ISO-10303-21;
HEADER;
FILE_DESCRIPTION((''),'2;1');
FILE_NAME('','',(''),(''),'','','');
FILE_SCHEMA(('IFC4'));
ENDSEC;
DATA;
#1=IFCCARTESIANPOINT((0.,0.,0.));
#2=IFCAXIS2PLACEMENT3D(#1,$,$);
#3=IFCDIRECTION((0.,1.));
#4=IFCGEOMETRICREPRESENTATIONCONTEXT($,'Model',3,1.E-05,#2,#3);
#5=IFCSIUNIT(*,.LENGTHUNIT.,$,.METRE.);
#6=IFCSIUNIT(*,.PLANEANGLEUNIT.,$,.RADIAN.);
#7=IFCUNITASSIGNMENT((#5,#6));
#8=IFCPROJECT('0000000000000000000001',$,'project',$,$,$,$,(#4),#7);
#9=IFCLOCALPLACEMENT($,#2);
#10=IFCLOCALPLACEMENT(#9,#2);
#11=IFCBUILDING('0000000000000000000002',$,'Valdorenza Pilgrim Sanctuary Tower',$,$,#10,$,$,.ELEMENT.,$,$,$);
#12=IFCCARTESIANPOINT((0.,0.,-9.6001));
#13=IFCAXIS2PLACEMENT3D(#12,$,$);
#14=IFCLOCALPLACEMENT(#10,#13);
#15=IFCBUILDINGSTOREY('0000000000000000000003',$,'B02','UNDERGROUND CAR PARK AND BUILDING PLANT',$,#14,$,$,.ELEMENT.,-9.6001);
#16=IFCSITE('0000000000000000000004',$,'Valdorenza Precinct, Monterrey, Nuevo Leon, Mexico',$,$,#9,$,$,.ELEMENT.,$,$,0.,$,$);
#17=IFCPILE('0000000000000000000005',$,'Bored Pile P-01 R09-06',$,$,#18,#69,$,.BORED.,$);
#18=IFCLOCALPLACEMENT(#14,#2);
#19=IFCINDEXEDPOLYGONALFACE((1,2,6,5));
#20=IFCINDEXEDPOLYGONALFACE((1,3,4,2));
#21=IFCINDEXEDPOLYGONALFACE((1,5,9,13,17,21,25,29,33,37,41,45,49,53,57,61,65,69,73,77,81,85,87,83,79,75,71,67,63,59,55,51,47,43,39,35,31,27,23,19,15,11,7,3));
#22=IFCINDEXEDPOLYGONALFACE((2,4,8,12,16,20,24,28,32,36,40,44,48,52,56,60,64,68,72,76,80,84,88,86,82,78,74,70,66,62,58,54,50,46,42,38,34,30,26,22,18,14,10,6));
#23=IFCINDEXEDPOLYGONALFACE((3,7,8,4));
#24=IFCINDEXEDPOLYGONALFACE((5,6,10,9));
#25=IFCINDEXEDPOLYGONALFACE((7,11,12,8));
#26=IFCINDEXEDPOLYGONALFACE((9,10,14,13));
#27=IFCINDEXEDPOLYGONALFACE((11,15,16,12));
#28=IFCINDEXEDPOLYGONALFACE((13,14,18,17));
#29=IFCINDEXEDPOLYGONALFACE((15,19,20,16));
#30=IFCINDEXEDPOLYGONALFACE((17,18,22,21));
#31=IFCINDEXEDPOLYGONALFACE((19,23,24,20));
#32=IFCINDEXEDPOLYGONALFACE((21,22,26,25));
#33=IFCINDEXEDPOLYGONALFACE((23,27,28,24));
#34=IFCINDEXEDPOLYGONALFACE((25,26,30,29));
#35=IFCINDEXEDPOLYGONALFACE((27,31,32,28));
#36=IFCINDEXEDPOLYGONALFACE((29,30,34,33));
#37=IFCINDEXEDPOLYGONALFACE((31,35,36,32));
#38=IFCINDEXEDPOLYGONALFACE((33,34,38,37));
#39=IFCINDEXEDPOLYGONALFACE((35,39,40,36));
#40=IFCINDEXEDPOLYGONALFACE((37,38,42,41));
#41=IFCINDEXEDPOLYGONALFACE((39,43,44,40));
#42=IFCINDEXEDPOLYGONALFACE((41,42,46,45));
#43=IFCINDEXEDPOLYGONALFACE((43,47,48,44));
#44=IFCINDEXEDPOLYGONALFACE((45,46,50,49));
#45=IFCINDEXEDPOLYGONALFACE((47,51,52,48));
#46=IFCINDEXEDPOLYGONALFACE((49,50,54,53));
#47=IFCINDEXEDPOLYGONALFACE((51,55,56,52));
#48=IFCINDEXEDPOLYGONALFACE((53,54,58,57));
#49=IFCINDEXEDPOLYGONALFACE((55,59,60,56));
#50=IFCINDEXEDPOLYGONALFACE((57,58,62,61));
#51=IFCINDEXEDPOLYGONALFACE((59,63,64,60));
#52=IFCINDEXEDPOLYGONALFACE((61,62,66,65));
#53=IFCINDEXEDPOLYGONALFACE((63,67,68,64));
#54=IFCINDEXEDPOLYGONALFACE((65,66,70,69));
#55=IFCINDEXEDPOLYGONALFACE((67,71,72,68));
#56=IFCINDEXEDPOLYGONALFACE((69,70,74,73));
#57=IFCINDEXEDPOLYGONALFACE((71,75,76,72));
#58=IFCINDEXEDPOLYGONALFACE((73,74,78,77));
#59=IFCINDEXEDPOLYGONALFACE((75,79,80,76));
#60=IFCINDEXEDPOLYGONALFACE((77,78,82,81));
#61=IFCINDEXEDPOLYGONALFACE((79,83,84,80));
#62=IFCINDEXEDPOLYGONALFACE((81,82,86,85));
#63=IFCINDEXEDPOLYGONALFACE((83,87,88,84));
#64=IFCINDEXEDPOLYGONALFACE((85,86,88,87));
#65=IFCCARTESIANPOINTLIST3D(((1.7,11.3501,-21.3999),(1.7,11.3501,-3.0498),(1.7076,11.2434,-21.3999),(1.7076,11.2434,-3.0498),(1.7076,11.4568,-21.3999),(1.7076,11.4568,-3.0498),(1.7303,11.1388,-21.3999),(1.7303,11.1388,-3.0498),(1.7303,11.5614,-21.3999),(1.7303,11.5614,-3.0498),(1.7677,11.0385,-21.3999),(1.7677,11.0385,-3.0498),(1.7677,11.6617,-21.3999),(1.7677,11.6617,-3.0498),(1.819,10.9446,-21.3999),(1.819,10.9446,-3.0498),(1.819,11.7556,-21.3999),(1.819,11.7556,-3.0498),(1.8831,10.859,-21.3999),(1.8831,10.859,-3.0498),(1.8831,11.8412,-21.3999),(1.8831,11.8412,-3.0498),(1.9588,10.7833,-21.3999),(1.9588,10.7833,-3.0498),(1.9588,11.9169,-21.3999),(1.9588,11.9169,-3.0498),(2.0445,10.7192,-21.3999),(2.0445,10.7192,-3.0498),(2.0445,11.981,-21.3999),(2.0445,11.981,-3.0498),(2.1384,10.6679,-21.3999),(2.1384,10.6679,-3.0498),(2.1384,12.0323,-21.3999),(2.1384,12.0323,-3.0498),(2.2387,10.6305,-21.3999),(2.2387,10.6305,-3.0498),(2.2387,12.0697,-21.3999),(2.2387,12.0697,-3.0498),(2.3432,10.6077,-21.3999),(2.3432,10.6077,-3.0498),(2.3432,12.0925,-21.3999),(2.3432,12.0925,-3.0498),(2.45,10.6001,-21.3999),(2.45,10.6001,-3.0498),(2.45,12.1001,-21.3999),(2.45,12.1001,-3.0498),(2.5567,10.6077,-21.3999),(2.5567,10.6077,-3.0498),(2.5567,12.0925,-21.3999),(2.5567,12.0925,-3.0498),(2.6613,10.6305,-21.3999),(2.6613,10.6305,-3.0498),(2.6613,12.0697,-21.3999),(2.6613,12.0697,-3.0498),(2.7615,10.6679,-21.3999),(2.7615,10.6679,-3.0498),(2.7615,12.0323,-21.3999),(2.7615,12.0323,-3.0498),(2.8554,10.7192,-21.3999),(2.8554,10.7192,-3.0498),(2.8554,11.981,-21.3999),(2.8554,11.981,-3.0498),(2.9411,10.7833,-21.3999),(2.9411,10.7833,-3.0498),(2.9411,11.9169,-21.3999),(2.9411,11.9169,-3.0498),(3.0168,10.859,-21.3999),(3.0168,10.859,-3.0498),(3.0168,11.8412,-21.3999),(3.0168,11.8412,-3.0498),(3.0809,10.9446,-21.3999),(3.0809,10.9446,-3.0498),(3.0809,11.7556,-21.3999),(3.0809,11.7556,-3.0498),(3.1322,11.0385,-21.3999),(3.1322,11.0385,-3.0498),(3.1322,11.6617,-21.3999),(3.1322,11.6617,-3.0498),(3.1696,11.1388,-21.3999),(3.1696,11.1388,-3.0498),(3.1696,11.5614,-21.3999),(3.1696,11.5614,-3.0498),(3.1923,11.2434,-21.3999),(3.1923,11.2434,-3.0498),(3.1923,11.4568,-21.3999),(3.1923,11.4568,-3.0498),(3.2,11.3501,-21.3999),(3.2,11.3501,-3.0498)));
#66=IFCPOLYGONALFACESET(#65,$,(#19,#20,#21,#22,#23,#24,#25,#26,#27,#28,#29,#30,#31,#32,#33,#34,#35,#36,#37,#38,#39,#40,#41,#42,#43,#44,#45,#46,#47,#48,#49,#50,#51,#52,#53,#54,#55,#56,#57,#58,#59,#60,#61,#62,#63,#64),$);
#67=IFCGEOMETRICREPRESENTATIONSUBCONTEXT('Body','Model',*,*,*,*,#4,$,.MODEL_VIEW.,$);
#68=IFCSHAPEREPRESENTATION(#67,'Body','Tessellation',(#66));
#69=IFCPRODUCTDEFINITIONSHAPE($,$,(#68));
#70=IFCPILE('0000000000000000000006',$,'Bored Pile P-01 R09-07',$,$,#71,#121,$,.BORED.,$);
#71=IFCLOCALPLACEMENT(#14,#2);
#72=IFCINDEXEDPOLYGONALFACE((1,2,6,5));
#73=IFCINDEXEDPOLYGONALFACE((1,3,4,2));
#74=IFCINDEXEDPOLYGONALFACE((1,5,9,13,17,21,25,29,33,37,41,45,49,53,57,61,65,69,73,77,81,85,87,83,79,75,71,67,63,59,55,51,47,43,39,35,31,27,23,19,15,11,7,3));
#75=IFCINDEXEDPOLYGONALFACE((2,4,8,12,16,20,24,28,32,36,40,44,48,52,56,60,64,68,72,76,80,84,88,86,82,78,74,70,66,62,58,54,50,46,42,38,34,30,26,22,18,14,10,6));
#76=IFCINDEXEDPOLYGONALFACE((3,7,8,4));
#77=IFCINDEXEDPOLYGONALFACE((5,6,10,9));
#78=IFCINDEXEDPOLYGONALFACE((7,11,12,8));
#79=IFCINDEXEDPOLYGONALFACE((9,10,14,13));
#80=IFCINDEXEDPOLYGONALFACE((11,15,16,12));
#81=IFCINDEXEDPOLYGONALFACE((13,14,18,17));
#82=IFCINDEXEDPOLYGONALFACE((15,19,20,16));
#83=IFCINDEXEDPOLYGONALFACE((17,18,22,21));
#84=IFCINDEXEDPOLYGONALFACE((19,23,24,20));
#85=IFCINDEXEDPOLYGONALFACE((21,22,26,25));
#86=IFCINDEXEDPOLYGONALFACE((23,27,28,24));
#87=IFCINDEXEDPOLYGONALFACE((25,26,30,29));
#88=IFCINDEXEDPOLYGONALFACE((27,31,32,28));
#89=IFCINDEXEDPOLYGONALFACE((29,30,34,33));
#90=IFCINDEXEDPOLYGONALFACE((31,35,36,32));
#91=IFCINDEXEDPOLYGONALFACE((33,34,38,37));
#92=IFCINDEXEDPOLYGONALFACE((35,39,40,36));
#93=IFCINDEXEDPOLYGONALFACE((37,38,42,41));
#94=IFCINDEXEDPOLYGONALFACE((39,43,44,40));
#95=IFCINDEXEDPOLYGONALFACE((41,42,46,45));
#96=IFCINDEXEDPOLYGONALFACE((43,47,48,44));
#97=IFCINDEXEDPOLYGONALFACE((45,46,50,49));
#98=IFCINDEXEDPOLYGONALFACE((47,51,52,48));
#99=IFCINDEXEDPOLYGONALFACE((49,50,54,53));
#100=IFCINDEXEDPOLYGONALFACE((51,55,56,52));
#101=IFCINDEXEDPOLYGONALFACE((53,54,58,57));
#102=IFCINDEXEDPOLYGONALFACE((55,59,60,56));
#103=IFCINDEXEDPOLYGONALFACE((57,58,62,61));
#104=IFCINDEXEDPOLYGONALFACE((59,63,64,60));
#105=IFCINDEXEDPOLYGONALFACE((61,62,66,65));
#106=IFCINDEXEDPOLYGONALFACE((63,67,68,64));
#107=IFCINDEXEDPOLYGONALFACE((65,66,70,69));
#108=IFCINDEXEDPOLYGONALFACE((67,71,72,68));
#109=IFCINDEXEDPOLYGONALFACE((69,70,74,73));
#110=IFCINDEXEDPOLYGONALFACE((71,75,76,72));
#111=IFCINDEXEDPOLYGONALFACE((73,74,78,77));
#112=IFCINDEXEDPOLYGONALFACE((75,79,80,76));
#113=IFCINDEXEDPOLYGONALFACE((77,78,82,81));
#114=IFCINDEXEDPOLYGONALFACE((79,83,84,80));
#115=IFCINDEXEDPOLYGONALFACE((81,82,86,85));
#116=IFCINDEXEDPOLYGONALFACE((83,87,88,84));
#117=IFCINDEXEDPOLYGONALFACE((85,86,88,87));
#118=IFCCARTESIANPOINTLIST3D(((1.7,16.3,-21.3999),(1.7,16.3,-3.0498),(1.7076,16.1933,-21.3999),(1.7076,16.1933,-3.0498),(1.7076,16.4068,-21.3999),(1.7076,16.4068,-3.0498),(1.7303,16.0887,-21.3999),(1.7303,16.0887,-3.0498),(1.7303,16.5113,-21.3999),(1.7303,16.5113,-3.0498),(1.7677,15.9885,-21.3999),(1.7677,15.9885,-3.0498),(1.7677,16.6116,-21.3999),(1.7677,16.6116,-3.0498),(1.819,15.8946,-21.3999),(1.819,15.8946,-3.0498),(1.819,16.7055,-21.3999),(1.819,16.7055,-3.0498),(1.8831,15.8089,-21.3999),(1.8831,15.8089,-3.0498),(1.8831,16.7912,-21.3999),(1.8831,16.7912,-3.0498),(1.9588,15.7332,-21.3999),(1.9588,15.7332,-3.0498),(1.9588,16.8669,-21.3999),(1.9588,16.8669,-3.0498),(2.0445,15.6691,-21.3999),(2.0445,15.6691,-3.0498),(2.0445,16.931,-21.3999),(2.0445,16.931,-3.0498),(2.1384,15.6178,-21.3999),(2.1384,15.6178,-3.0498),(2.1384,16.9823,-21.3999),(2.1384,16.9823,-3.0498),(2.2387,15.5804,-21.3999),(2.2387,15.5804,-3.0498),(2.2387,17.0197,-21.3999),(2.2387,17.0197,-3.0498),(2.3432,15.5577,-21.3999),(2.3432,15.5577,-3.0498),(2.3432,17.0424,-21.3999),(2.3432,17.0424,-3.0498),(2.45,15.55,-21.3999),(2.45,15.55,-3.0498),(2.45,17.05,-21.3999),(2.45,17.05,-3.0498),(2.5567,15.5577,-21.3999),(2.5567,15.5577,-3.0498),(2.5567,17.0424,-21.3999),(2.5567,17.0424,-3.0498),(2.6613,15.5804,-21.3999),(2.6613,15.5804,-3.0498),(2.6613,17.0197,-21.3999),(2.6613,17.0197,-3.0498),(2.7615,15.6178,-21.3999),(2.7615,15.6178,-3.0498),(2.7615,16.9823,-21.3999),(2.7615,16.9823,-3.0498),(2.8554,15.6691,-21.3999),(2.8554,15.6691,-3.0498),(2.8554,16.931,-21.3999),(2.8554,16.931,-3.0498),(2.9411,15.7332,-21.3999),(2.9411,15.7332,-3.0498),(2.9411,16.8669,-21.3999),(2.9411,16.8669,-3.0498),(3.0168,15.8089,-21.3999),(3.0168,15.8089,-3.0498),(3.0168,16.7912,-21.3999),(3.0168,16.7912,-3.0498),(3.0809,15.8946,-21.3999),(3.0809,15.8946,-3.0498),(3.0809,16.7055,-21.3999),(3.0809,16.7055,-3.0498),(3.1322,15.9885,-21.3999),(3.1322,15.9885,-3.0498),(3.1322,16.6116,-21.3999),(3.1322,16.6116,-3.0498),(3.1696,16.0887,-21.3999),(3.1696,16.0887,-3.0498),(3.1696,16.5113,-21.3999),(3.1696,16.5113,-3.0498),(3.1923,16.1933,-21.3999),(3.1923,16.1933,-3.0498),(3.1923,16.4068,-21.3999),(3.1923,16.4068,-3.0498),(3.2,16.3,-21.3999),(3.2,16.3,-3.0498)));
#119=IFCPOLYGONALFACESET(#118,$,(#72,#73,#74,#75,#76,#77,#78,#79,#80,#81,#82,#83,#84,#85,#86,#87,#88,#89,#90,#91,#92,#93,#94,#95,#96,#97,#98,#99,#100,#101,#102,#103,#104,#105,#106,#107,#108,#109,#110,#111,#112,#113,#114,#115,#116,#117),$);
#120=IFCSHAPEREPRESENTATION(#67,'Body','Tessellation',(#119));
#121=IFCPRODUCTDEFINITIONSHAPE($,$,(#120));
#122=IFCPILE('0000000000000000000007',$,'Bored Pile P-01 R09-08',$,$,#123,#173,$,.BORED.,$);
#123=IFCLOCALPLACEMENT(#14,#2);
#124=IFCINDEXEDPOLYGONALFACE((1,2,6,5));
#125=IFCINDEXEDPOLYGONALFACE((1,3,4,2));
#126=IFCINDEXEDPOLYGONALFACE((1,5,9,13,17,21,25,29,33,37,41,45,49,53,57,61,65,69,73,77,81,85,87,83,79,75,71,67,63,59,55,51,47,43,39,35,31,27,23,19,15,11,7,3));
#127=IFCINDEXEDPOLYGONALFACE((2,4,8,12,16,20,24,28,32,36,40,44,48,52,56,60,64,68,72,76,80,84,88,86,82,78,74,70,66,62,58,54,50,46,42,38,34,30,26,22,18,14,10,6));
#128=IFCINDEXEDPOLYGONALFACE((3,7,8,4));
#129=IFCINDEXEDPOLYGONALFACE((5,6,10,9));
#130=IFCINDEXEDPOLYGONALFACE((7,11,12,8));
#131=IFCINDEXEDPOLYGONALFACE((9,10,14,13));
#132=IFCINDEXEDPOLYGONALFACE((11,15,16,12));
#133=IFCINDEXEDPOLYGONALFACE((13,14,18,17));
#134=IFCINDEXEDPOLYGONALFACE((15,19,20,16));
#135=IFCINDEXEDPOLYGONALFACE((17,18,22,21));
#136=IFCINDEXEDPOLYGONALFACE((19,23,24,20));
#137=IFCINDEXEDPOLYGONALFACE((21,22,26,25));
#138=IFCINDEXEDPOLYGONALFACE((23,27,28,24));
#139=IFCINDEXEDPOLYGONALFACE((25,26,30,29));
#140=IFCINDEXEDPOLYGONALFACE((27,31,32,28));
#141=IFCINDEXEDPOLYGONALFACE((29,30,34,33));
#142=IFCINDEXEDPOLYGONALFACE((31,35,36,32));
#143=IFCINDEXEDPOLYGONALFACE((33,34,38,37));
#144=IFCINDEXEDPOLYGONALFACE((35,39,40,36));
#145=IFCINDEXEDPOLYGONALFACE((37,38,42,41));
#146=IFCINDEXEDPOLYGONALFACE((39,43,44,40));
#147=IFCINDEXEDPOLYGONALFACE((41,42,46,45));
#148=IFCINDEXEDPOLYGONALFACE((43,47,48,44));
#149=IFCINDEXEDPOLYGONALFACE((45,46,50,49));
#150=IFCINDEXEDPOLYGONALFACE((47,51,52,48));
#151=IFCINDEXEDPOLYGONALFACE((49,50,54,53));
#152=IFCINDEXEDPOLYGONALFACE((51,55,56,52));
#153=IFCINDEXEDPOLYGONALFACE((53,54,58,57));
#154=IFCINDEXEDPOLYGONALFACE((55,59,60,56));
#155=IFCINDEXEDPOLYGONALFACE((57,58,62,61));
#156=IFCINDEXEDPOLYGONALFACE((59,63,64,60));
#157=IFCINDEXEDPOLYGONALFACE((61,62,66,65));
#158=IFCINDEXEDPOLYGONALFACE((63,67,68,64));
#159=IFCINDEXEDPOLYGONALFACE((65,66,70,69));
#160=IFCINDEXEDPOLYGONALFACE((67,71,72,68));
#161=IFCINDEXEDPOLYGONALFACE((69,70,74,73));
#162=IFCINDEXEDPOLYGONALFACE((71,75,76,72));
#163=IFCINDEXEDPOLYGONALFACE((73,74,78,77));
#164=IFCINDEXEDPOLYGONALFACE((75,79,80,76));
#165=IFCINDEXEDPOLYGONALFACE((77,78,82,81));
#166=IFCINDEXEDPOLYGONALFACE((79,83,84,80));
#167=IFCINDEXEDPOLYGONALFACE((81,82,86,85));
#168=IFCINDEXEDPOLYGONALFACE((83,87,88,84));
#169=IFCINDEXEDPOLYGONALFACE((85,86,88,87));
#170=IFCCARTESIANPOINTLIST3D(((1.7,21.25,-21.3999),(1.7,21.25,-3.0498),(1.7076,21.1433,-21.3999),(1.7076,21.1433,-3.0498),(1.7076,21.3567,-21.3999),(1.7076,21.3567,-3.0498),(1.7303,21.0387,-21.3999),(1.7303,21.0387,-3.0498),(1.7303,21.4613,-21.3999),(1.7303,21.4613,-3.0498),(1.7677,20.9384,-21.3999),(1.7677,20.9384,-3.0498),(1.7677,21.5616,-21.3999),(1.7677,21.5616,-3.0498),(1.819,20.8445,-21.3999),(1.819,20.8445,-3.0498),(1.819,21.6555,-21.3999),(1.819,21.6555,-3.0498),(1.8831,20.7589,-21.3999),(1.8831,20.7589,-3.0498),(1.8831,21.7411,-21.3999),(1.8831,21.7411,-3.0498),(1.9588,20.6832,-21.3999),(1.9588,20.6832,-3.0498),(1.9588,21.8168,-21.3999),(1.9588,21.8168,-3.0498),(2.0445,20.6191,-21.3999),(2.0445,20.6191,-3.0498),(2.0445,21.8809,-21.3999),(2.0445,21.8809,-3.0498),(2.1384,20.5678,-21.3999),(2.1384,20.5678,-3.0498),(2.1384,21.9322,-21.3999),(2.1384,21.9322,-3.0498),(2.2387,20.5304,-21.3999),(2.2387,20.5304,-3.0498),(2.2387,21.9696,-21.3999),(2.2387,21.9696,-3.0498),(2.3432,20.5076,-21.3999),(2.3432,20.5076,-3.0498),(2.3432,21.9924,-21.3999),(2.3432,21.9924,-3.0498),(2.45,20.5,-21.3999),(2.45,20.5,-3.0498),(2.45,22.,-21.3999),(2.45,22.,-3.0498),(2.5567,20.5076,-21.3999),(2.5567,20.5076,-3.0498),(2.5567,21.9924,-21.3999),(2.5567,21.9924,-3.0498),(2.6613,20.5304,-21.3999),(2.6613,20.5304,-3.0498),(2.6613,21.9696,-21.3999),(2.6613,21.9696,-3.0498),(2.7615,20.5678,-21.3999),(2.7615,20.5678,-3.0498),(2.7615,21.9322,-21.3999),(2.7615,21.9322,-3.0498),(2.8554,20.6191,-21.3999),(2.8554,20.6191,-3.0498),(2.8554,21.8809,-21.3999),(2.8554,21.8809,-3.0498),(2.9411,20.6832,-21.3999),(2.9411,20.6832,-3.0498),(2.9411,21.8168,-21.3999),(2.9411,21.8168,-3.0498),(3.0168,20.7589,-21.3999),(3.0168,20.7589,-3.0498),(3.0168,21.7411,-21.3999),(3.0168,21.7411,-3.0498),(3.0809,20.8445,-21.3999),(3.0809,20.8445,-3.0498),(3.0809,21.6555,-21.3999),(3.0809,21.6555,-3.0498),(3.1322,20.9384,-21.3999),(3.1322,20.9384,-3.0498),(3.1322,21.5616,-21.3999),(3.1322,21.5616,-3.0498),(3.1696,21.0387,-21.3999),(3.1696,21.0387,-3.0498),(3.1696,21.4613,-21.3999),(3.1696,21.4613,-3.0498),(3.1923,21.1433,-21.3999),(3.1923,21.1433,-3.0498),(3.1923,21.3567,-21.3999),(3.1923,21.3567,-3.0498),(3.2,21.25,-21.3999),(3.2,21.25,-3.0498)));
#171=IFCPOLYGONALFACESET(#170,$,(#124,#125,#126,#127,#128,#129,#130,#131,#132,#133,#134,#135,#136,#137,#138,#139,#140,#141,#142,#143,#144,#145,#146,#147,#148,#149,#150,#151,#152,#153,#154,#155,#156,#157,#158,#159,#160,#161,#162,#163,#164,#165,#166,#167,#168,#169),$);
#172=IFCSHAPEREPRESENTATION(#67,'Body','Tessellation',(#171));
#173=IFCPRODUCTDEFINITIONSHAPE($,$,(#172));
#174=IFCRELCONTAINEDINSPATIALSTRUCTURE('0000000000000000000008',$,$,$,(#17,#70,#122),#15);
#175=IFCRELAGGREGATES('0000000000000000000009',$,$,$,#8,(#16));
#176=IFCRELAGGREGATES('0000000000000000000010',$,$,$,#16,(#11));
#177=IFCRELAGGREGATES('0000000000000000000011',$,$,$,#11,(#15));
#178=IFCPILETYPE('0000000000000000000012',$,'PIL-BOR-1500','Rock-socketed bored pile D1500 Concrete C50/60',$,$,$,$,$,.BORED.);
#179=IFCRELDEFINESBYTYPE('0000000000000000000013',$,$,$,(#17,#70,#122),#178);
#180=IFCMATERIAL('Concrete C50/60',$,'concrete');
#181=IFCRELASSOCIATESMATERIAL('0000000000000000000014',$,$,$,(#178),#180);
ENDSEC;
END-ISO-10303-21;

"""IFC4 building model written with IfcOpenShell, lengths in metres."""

from ifc_helpers import new_model, si_unit, direction, frame, origin, origin_2d, place, context, subcontext, project, spatial, circle, extrude, source, transform, mapped, material, material_profile, profile_set, type_object, element, save


model = new_model("IFC4")

# Units and contexts
model_context = context("Model", 3, precision=1e-05, world=origin(), true_north=direction((0.0, 1.0)))
body_context = subcontext(model_context, "Body", "Model", "MODEL_VIEW")
ifc_project = project(units=[si_unit("LENGTHUNIT", "METRE"), si_unit("PLANEANGLEUNIT", "RADIAN")], contexts=[model_context])

# Site, building, storey
site_placement = place(None, origin())
site = spatial("IfcSite", under=ifc_project, at=site_placement, Name="Valdorenza Precinct, Monterrey, Nuevo Leon, Mexico", CompositionType="ELEMENT", RefElevation=0.0)
building_placement = place(site_placement, origin())
building = spatial("IfcBuilding", under=site, at=building_placement, Name="Valdorenza Pilgrim Sanctuary Tower", CompositionType="ELEMENT")
storey_placement = place(building_placement, frame((0.0, 0.0, -9.6001)))
storey = spatial("IfcBuildingStorey", under=building, at=storey_placement, Name="B02", Description="UNDERGROUND CAR PARK AND BUILDING PLANT", CompositionType="ELEMENT", Elevation=-9.6001)

# Piles
ifc_material_1 = material(Name="Concrete C50/60", Category="concrete")
ifc_material_profile_1 = material_profile(ifc_material_1, circle(Radius=0.75, at=origin_2d()), Name="BORED PILE 1500")
ifc_profile_set_1 = profile_set([ifc_material_profile_1], Name="Concrete C50/60")
pile_type = type_object("IfcPileType", Name="PIL-BOR-1500", Description="Rock-socketed bored pile D1500 Concrete C50/60", PredefinedType="BORED", material=ifc_profile_set_1)
shared_shape_1 = source(origin(), body_context, "Body", "SweptSolid", [
    extrude(circle(Radius=0.75, at=origin_2d()), origin(), (0.0, 0.0, 1.0), 18.3501),
])
for number, where, z_axis, x_axis, name in (
    (1, (2.45, 11.3501, -3.0498), (0.0, 0.0, -1.0), (1.0, 0.0, 0.0), "Bored Pile P-01 R09-06"),
    (2, (2.45, 16.3, -3.0498), (0.0, 0.0, -1.0), (1.0, 0.0, 0.0), "Bored Pile P-01 R09-07"),
    (3, (2.45, 21.25, -3.0498), (0.0, 0.0, -1.0), (1.0, 0.0, 0.0), "Bored Pile P-01 R09-08"),
):
    element("IfcPile", number, at=place(storey_placement, frame(where, z_axis=z_axis, x_axis=x_axis)), inside=storey, type_object=pile_type, Name=name, PredefinedType="BORED", context=body_context, shape_type="MappedRepresentation", body=[
        mapped(shared_shape_1, transform((0.0, 0.0, 0.0), x_axis=(1.0, 0.0, 0.0), y_axis=(0.0, 1.0, 0.0), z_axis=(0.0, 0.0, 1.0), scale=1.0)),
    ])

save(model, "model.ifc")
